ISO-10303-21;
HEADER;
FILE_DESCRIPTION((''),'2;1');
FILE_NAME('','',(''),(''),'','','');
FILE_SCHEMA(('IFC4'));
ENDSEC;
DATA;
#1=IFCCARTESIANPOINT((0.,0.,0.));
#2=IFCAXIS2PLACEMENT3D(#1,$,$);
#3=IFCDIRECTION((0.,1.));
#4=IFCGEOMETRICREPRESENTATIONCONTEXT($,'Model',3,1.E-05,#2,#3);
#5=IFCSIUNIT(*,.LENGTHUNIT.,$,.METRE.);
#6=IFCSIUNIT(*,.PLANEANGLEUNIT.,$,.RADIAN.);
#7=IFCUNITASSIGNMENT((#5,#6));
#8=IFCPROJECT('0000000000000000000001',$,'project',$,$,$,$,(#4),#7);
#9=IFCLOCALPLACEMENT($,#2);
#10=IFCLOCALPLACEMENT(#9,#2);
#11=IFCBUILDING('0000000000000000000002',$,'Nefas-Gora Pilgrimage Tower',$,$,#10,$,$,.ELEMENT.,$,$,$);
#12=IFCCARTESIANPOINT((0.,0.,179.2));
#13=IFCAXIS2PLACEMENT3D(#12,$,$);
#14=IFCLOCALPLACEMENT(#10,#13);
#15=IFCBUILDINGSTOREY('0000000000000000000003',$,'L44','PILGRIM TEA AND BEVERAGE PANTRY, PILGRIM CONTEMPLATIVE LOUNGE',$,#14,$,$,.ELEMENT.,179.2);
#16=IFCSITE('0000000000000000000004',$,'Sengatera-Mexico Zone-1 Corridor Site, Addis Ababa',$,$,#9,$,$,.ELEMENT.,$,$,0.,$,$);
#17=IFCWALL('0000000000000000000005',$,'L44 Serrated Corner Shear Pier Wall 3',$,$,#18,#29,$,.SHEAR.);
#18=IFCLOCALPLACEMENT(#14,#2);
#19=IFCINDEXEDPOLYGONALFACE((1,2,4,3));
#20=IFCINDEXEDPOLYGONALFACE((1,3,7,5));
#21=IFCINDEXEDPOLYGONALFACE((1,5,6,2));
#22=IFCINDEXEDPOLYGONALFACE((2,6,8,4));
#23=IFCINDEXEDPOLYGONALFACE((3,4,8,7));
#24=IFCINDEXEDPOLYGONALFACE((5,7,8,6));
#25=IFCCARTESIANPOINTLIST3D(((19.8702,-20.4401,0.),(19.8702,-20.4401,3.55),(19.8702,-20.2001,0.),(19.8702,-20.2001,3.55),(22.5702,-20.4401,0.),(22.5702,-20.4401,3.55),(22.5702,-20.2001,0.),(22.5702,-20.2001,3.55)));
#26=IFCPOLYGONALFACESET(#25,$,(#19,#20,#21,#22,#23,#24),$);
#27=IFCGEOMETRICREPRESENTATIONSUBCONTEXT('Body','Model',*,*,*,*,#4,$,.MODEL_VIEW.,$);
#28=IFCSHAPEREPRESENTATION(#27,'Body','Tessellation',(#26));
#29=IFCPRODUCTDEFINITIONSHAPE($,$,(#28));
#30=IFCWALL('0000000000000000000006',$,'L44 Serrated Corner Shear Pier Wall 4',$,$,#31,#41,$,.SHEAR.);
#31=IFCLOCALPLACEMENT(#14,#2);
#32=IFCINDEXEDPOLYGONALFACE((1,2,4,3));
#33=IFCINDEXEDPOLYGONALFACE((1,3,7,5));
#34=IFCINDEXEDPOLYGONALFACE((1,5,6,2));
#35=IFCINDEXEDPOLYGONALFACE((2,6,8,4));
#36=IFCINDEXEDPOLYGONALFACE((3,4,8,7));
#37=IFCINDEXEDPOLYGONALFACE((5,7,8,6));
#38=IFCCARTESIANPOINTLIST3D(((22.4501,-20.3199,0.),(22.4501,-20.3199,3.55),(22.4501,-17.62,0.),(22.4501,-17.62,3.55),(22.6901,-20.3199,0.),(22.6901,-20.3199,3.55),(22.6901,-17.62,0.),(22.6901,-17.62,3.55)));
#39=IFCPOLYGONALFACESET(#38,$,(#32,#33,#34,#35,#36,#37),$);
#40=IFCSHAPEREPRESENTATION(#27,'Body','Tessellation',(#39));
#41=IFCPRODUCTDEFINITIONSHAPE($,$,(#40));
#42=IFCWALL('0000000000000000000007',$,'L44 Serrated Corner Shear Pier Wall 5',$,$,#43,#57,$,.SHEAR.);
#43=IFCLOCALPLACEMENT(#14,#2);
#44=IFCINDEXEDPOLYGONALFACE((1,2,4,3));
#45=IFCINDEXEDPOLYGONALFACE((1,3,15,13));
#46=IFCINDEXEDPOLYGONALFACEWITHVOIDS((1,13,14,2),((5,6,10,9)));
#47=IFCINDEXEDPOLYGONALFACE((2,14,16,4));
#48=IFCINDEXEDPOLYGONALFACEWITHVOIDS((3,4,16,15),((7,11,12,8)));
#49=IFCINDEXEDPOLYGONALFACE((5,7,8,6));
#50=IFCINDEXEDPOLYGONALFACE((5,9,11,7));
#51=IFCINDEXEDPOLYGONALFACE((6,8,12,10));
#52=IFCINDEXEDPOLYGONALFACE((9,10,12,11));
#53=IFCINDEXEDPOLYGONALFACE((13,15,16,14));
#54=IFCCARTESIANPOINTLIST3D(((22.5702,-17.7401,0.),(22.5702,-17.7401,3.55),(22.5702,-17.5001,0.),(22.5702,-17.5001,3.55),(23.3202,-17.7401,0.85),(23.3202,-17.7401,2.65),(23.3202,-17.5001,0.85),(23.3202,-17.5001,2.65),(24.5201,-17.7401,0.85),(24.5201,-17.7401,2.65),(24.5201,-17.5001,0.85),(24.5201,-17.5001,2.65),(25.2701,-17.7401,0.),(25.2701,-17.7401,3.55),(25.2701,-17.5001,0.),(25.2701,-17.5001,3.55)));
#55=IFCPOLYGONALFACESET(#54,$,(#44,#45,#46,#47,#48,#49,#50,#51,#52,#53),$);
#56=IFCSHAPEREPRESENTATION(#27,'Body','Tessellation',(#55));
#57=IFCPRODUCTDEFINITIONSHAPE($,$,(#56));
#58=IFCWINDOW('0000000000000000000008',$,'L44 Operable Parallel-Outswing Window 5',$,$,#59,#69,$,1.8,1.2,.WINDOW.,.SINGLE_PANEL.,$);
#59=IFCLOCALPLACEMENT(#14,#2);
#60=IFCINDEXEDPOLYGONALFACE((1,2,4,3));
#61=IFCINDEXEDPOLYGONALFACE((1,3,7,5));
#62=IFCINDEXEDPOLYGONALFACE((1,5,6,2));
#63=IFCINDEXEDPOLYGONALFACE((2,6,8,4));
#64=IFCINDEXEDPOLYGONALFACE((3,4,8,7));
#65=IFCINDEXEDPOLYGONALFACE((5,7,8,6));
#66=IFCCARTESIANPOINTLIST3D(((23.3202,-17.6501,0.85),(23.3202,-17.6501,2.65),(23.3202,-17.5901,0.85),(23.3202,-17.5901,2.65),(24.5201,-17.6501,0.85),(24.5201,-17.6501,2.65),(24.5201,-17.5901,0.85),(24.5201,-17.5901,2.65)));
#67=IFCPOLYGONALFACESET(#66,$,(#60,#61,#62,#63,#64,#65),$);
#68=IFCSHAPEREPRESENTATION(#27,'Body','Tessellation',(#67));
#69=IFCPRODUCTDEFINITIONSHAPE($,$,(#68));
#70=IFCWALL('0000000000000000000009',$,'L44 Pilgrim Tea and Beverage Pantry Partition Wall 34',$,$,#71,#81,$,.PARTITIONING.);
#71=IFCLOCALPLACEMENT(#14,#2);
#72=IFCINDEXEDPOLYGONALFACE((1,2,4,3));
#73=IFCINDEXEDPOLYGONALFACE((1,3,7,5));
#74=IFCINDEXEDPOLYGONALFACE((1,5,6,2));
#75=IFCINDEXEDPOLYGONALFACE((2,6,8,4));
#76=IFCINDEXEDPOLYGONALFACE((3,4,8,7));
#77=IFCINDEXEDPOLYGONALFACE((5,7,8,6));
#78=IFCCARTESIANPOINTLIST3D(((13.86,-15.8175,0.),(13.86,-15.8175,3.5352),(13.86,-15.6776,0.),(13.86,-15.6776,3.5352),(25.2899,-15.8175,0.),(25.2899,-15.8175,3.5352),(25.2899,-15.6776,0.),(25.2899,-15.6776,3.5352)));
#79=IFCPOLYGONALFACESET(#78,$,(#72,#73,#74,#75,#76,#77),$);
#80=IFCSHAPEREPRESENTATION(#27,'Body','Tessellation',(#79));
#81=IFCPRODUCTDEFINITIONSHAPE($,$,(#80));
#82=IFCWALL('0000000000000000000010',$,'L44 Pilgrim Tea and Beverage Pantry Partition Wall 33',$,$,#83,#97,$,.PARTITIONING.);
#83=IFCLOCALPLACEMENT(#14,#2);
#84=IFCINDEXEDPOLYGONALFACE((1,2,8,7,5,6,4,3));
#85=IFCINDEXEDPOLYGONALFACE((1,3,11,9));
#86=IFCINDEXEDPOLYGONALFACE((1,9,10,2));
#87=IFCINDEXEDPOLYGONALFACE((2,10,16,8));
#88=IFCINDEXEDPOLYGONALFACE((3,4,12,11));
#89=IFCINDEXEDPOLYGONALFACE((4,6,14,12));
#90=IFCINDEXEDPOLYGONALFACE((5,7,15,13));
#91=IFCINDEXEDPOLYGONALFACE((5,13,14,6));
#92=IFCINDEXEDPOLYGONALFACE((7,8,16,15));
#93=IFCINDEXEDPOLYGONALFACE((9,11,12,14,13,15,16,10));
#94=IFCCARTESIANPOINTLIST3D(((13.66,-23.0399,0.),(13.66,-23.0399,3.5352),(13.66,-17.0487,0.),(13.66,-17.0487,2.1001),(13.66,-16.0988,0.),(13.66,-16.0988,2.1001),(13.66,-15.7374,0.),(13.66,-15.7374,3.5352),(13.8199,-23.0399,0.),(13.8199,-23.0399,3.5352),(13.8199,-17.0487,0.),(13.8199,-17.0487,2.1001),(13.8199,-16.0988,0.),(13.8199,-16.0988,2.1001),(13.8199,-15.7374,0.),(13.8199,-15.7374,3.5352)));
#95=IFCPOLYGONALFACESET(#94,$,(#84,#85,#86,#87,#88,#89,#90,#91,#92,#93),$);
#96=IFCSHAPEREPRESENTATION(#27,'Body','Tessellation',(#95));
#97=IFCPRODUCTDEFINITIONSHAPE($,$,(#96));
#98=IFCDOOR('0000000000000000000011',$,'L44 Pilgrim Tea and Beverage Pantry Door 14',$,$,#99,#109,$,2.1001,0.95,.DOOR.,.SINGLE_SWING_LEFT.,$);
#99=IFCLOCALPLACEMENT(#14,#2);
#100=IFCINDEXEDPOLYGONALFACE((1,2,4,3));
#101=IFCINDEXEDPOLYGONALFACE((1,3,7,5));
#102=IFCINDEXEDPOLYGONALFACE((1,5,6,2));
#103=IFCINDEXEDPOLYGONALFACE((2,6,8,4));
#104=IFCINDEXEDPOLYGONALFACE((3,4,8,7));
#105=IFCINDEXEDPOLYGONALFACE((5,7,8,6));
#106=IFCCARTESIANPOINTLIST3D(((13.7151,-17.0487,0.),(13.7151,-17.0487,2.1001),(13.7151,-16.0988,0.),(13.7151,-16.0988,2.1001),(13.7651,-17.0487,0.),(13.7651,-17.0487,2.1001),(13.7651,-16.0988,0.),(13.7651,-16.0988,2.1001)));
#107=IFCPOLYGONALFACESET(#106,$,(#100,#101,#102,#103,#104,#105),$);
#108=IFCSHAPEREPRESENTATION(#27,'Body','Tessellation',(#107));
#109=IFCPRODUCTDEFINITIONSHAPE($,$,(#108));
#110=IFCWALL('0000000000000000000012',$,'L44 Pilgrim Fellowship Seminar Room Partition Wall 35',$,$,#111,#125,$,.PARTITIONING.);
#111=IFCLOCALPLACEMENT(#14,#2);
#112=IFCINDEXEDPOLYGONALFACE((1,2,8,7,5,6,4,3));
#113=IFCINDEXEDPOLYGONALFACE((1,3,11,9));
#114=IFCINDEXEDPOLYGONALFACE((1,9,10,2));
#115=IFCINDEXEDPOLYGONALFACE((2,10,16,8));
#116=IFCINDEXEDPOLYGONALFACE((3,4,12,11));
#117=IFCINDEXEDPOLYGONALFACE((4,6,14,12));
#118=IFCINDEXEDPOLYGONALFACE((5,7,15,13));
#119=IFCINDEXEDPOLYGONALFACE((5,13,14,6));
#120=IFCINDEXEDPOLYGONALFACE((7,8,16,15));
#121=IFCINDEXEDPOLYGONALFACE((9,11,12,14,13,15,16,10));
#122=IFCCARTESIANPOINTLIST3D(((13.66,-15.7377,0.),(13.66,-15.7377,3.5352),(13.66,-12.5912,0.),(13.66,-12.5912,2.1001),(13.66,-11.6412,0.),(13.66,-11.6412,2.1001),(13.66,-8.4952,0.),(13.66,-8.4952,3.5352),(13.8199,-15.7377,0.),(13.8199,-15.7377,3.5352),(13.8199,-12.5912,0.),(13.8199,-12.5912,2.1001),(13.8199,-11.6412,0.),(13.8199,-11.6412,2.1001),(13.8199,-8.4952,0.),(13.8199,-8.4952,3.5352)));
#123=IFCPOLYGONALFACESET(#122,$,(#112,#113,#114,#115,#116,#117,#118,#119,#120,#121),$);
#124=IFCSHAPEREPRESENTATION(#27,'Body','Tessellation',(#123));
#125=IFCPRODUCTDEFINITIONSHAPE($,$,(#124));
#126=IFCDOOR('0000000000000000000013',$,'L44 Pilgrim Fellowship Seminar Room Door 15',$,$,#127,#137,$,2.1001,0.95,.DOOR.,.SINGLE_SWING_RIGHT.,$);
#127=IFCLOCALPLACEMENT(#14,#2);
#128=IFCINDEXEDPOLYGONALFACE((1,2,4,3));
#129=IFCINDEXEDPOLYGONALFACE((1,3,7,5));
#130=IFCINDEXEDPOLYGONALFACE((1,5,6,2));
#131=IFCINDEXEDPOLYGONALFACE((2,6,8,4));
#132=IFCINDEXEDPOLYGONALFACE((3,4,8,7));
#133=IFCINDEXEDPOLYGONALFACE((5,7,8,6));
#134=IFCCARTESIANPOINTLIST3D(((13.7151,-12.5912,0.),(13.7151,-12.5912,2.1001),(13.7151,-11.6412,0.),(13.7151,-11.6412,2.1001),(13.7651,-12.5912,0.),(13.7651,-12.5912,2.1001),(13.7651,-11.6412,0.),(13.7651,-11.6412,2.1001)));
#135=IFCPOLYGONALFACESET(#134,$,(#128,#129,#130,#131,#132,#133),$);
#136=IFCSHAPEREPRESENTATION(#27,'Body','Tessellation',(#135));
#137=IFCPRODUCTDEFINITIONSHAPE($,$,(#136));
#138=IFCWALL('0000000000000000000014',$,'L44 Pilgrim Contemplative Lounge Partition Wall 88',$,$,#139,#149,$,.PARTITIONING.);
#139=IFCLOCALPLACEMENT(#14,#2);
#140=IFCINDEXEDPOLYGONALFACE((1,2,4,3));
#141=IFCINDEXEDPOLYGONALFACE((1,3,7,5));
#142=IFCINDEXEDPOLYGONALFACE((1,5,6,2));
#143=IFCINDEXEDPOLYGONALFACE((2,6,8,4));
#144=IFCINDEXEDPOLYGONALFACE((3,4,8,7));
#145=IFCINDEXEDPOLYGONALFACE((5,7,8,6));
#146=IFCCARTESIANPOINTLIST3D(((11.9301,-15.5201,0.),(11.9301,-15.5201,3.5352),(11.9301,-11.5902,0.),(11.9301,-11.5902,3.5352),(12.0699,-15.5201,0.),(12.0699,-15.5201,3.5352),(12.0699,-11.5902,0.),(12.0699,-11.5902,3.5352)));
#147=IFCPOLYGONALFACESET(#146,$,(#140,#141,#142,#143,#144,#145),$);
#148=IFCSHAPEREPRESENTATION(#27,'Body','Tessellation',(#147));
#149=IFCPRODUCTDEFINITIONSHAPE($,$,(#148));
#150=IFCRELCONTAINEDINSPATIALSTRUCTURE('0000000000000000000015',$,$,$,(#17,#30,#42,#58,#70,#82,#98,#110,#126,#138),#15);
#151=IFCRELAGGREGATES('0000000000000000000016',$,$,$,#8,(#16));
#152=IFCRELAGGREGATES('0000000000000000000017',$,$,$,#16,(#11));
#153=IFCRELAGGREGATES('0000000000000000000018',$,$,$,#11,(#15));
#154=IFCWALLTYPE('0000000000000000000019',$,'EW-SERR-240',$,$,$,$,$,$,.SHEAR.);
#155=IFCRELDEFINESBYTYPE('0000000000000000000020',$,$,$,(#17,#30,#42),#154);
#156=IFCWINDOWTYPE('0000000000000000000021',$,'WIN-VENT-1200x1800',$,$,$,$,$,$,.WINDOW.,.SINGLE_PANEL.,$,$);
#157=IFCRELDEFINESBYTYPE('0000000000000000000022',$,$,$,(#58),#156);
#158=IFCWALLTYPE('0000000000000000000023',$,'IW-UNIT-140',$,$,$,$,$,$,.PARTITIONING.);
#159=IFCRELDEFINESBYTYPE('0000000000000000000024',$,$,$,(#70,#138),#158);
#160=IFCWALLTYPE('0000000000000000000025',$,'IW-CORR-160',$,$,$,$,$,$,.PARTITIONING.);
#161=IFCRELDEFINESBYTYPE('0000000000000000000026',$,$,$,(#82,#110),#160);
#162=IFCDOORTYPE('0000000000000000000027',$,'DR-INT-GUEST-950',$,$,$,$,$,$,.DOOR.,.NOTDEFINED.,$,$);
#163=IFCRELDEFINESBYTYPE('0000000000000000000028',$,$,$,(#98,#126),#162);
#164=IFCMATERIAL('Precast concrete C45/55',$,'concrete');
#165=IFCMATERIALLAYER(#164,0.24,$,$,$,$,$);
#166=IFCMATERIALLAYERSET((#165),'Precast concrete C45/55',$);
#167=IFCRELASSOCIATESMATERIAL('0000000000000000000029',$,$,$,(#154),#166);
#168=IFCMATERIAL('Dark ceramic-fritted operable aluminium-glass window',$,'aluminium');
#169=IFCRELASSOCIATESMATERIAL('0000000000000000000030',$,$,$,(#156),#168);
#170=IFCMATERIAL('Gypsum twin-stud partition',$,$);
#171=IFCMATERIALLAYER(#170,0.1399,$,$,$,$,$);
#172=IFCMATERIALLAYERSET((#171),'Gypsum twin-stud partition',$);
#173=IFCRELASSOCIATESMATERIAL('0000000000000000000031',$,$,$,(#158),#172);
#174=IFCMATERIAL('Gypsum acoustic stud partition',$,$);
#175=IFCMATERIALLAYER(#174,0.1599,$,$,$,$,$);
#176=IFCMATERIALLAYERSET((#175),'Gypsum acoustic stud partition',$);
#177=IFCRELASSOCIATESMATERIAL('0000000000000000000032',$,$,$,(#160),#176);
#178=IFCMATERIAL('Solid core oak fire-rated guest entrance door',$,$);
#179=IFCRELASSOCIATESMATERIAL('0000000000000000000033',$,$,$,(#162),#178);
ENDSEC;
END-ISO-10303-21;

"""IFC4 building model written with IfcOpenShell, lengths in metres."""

from ifc_helpers import new_model, si_unit, direction, frame, frame_2d, origin, place, context, subcontext, project, spatial, rectangle, extrude, source, transform, mapped, material, layer, layer_set, type_object, element, fill, save


model = new_model("IFC4")

# Units and contexts
model_context = context("Model", 3, precision=1e-05, world=origin(), true_north=direction((0.0, 1.0)))
body_context = subcontext(model_context, "Body", "Model", "MODEL_VIEW")
ifc_project = project(units=[si_unit("LENGTHUNIT", "METRE"), si_unit("PLANEANGLEUNIT", "RADIAN")], contexts=[model_context])

# Site, building, storey
site_placement = place(None, origin())
site = spatial("IfcSite", under=ifc_project, at=site_placement, Name="Sengatera-Mexico Zone-1 Corridor Site, Addis Ababa", CompositionType="ELEMENT", RefElevation=0.0)
building_placement = place(site_placement, origin())
building = spatial("IfcBuilding", under=site, at=building_placement, Name="Nefas-Gora Pilgrimage Tower", CompositionType="ELEMENT")
storey_placement = place(building_placement, frame((0.0, 0.0, 179.2)))
storey = spatial("IfcBuildingStorey", under=building, at=storey_placement, Name="L44", Description="PILGRIM TEA AND BEVERAGE PANTRY, PILGRIM CONTEMPLATIVE LOUNGE", CompositionType="ELEMENT", Elevation=179.2)

# Walls
ifc_material_1 = material(Name="Precast concrete C45/55", Category="concrete")
ifc_layer_1 = layer(ifc_material_1, 0.24)
ifc_layer_set_1 = layer_set([ifc_layer_1], Name="Precast concrete C45/55")
wall_type_1 = type_object("IfcWallType", Name="EW-SERR-240", PredefinedType="SHEAR", material=ifc_layer_set_1)
shared_shape_1 = source(origin(), body_context, "Body", "SweptSolid", [
    extrude(rectangle(XDim=2.7, YDim=0.24, at=frame_2d((1.3501, 0.0))), origin(), (0.0, 0.0, 1.0), 3.55),
])
for number, where, z_axis, x_axis, name in (
    (1, (19.8701, -20.3201, 0.0), (0.0, 0.0, 1.0), (1.0, 0.0, 0.0), "L44 Serrated Corner Shear Pier Wall 3"),
    (2, (22.5701, -20.3201, 0.0), (0.0, 0.0, 1.0), (0.0, 1.0, 0.0), "L44 Serrated Corner Shear Pier Wall 4"),
):
    element("IfcWall", number, at=place(storey_placement, frame(where, z_axis=z_axis, x_axis=x_axis)), inside=storey, type_object=wall_type_1, Name=name, PredefinedType="SHEAR", context=body_context, shape_type="MappedRepresentation", body=[
        mapped(shared_shape_1, transform((0.0, 0.0, 0.0), x_axis=(1.0, 0.0, 0.0), y_axis=(0.0, 1.0, 0.0), z_axis=(0.0, 0.0, 1.0), scale=1.0)),
    ])

# Wall, opening, window
wall_1_placement = place(storey_placement, frame((22.5701, -17.6201, 0.0), z_axis=(0.0, 0.0, 1.0), x_axis=(1.0, 0.0, 0.0)))
wall_1 = element("IfcWall", 3, at=wall_1_placement, inside=storey, type_object=wall_type_1, Name="L44 Serrated Corner Shear Pier Wall 5", PredefinedType="SHEAR", context=body_context, shape_type="MappedRepresentation", body=[
    mapped(shared_shape_1, transform((0.0, 0.0, 0.0), x_axis=(1.0, 0.0, 0.0), y_axis=(0.0, 1.0, 0.0), z_axis=(0.0, 0.0, 1.0), scale=1.0)),
])
opening_1_placement = place(wall_1_placement, frame((0.75, 0.0, 0.8501)))
opening_1 = element("IfcOpeningElement", 4, at=opening_1_placement, cuts=wall_1, PredefinedType="OPENING", context=body_context, shape_type="SweptSolid", body=[
    extrude(rectangle(XDim=1.2, YDim=1.8, at=frame_2d((0.6001, 0.8999))), frame((0.0, 0.1299, 0.0), z_axis=(0.0, -1.0, 0.0), x_axis=(1.0, 0.0, 0.0)), (0.0, 0.0, 1.0), 0.26),
])
ifc_material_2 = material(Name="Dark ceramic-fritted operable aluminium-glass window", Category="aluminium")
window_type = type_object("IfcWindowType", Name="WIN-VENT-1200x1800", PartitioningType="SINGLE_PANEL", PredefinedType="WINDOW", material=ifc_material_2)
shared_shape_2 = source(origin(), body_context, "Body", "SweptSolid", [
    extrude(rectangle(XDim=1.2, YDim=1.8, at=frame_2d((0.6001, 0.8999))), frame((0.0, 0.03, 0.0), z_axis=(0.0, -1.0, 0.0), x_axis=(1.0, 0.0, 0.0)), (0.0, 0.0, 1.0), 0.0601),
])
window_placement = place(opening_1_placement, origin())
window = element("IfcWindow", 5, at=window_placement, inside=storey, type_object=window_type, Name="L44 Operable Parallel-Outswing Window 5", OverallHeight=1.8, OverallWidth=1.2, PartitioningType="SINGLE_PANEL", PredefinedType="WINDOW", context=body_context, shape_type="MappedRepresentation", body=[
    mapped(shared_shape_2, transform((0.0, 0.0, 0.0), x_axis=(1.0, 0.0, 0.0), y_axis=(0.0, 1.0, 0.0), z_axis=(0.0, 0.0, 1.0), scale=1.0)),
])
fill(opening_1, window)

# Wall
ifc_material_3 = material(Name="Gypsum twin-stud partition")
ifc_layer_2 = layer(ifc_material_3, 0.1399)
ifc_layer_set_2 = layer_set([ifc_layer_2], Name="Gypsum twin-stud partition")
wall_type_2 = type_object("IfcWallType", Name="IW-UNIT-140", PredefinedType="PARTITIONING", material=ifc_layer_set_2)
shared_shape_3 = source(origin(), body_context, "Body", "SweptSolid", [
    extrude(rectangle(XDim=11.4299, YDim=0.1399, at=frame_2d((5.7148, 0.0))), origin(), (0.0, 0.0, 1.0), 3.5352),
])
wall_2_placement = place(storey_placement, frame((13.8601, -15.7476, 0.0), z_axis=(0.0, 0.0, 1.0), x_axis=(1.0, 0.0, 0.0)))
element("IfcWall", 6, at=wall_2_placement, inside=storey, type_object=wall_type_2, Name="L44 Pilgrim Tea and Beverage Pantry Partition Wall 34", PredefinedType="PARTITIONING", context=body_context, shape_type="MappedRepresentation", body=[
    mapped(shared_shape_3, transform((0.0, 0.0, 0.0), x_axis=(1.0, 0.0, 0.0), y_axis=(0.0, 1.0, 0.0), z_axis=(0.0, 0.0, 1.0), scale=1.0)),
])

# Walls, openings, doors
ifc_material_4 = material(Name="Gypsum acoustic stud partition")
ifc_layer_3 = layer(ifc_material_4, 0.1599)
ifc_layer_set_3 = layer_set([ifc_layer_3], Name="Gypsum acoustic stud partition")
wall_type_3 = type_object("IfcWallType", Name="IW-CORR-160", PredefinedType="PARTITIONING", material=ifc_layer_set_3)
shared_shape_4 = source(origin(), body_context, "Body", "SweptSolid", [
    extrude(rectangle(XDim=7.3025, YDim=0.1599, at=frame_2d((3.6514, 0.0))), origin(), (0.0, 0.0, 1.0), 3.5352),
])
wall_3_placement = place(storey_placement, frame((13.74, -23.04, 0.0), z_axis=(0.0, 0.0, 1.0), x_axis=(0.0, 1.0, 0.0)))
wall_3 = element("IfcWall", 7, at=wall_3_placement, inside=storey, type_object=wall_type_3, Name="L44 Pilgrim Tea and Beverage Pantry Partition Wall 33", PredefinedType="PARTITIONING", context=body_context, shape_type="MappedRepresentation", body=[
    mapped(shared_shape_4, transform((0.0, 0.0, 0.0), x_axis=(1.0, 0.0, 0.0), y_axis=(0.0, 1.0, 0.0), z_axis=(0.0, 0.0, 1.0), scale=1.0)),
])
opening_2_placement = place(wall_3_placement, frame((5.9912, 0.0, 0.0)))
opening_2 = element("IfcOpeningElement", 8, at=opening_2_placement, cuts=wall_3, PredefinedType="OPENING", context=body_context, shape_type="SweptSolid", body=[
    extrude(rectangle(XDim=0.95, YDim=2.1001, at=frame_2d((0.4751, 1.05))), frame((0.0, 0.0898, 0.0), z_axis=(0.0, -1.0, 0.0), x_axis=(1.0, 0.0, 0.0)), (0.0, 0.0, 1.0), 0.1799),
])
ifc_material_5 = material(Name="Solid core oak fire-rated guest entrance door")
door_type = type_object("IfcDoorType", Name="DR-INT-GUEST-950", OperationType="NOTDEFINED", PredefinedType="DOOR", material=ifc_material_5)
shared_shape_5 = source(origin(), body_context, "Body", "SweptSolid", [
    extrude(rectangle(XDim=0.95, YDim=2.1001, at=frame_2d((0.4751, 1.05))), frame((0.0, 0.0249, 0.0), z_axis=(0.0, -1.0, 0.0), x_axis=(1.0, 0.0, 0.0)), (0.0, 0.0, 1.0), 0.05),
])
door_1_placement = place(opening_2_placement, origin())
door_1 = element("IfcDoor", 9, at=door_1_placement, inside=storey, type_object=door_type, Name="L44 Pilgrim Tea and Beverage Pantry Door 14", OperationType="SINGLE_SWING_LEFT", OverallHeight=2.1001, OverallWidth=0.95, PredefinedType="DOOR", context=body_context, shape_type="MappedRepresentation", body=[
    mapped(shared_shape_5, transform((0.0, 0.0, 0.0), x_axis=(1.0, 0.0, 0.0), y_axis=(0.0, 1.0, 0.0), z_axis=(0.0, 0.0, 1.0), scale=1.0)),
])
fill(opening_2, door_1)
shared_shape_6 = source(origin(), body_context, "Body", "SweptSolid", [
    extrude(rectangle(XDim=7.2424, YDim=0.1599, at=frame_2d((3.6211, 0.0))), origin(), (0.0, 0.0, 1.0), 3.5352),
])
wall_4_placement = place(storey_placement, frame((13.74, -15.7375, 0.0), z_axis=(0.0, 0.0, 1.0), x_axis=(0.0, 1.0, 0.0)))
wall_4 = element("IfcWall", 10, at=wall_4_placement, inside=storey, type_object=wall_type_3, Name="L44 Pilgrim Fellowship Seminar Room Partition Wall 35", PredefinedType="PARTITIONING", context=body_context, shape_type="MappedRepresentation", body=[
    mapped(shared_shape_6, transform((0.0, 0.0, 0.0), x_axis=(1.0, 0.0, 0.0), y_axis=(0.0, 1.0, 0.0), z_axis=(0.0, 0.0, 1.0), scale=1.0)),
])
opening_3_placement = place(wall_4_placement, frame((3.1462, 0.0, 0.0)))
opening_3 = element("IfcOpeningElement", 11, at=opening_3_placement, cuts=wall_4, PredefinedType="OPENING", context=body_context, shape_type="SweptSolid", body=[
    extrude(rectangle(XDim=0.95, YDim=2.1001, at=frame_2d((0.4751, 1.05))), frame((0.0, 0.0898, 0.0), z_axis=(0.0, -1.0, 0.0), x_axis=(1.0, 0.0, 0.0)), (0.0, 0.0, 1.0), 0.1799),
])
door_2_placement = place(opening_3_placement, origin())
door_2 = element("IfcDoor", 12, at=door_2_placement, inside=storey, type_object=door_type, Name="L44 Pilgrim Fellowship Seminar Room Door 15", OperationType="SINGLE_SWING_RIGHT", OverallHeight=2.1001, OverallWidth=0.95, PredefinedType="DOOR", context=body_context, shape_type="MappedRepresentation", body=[
    mapped(shared_shape_5, transform((0.0, 0.0, 0.0), x_axis=(1.0, 0.0, 0.0), y_axis=(0.0, 1.0, 0.0), z_axis=(0.0, 0.0, 1.0), scale=1.0)),
])
fill(opening_3, door_2)

# Wall
shared_shape_7 = source(origin(), body_context, "Body", "SweptSolid", [
    extrude(rectangle(XDim=3.9299, YDim=0.1399, at=frame_2d((1.9648, 0.0))), origin(), (0.0, 0.0, 1.0), 3.5352),
])
wall_5_placement = place(storey_placement, frame((12.0, -15.52, 0.0), z_axis=(0.0, 0.0, 1.0), x_axis=(0.0, 1.0, 0.0)))
element("IfcWall", 13, at=wall_5_placement, inside=storey, type_object=wall_type_2, Name="L44 Pilgrim Contemplative Lounge Partition Wall 88", PredefinedType="PARTITIONING", context=body_context, shape_type="MappedRepresentation", body=[
    mapped(shared_shape_7, transform((0.0, 0.0, 0.0), x_axis=(1.0, 0.0, 0.0), y_axis=(0.0, 1.0, 0.0), z_axis=(0.0, 0.0, 1.0), scale=1.0)),
])

save(model, "model.ifc")
